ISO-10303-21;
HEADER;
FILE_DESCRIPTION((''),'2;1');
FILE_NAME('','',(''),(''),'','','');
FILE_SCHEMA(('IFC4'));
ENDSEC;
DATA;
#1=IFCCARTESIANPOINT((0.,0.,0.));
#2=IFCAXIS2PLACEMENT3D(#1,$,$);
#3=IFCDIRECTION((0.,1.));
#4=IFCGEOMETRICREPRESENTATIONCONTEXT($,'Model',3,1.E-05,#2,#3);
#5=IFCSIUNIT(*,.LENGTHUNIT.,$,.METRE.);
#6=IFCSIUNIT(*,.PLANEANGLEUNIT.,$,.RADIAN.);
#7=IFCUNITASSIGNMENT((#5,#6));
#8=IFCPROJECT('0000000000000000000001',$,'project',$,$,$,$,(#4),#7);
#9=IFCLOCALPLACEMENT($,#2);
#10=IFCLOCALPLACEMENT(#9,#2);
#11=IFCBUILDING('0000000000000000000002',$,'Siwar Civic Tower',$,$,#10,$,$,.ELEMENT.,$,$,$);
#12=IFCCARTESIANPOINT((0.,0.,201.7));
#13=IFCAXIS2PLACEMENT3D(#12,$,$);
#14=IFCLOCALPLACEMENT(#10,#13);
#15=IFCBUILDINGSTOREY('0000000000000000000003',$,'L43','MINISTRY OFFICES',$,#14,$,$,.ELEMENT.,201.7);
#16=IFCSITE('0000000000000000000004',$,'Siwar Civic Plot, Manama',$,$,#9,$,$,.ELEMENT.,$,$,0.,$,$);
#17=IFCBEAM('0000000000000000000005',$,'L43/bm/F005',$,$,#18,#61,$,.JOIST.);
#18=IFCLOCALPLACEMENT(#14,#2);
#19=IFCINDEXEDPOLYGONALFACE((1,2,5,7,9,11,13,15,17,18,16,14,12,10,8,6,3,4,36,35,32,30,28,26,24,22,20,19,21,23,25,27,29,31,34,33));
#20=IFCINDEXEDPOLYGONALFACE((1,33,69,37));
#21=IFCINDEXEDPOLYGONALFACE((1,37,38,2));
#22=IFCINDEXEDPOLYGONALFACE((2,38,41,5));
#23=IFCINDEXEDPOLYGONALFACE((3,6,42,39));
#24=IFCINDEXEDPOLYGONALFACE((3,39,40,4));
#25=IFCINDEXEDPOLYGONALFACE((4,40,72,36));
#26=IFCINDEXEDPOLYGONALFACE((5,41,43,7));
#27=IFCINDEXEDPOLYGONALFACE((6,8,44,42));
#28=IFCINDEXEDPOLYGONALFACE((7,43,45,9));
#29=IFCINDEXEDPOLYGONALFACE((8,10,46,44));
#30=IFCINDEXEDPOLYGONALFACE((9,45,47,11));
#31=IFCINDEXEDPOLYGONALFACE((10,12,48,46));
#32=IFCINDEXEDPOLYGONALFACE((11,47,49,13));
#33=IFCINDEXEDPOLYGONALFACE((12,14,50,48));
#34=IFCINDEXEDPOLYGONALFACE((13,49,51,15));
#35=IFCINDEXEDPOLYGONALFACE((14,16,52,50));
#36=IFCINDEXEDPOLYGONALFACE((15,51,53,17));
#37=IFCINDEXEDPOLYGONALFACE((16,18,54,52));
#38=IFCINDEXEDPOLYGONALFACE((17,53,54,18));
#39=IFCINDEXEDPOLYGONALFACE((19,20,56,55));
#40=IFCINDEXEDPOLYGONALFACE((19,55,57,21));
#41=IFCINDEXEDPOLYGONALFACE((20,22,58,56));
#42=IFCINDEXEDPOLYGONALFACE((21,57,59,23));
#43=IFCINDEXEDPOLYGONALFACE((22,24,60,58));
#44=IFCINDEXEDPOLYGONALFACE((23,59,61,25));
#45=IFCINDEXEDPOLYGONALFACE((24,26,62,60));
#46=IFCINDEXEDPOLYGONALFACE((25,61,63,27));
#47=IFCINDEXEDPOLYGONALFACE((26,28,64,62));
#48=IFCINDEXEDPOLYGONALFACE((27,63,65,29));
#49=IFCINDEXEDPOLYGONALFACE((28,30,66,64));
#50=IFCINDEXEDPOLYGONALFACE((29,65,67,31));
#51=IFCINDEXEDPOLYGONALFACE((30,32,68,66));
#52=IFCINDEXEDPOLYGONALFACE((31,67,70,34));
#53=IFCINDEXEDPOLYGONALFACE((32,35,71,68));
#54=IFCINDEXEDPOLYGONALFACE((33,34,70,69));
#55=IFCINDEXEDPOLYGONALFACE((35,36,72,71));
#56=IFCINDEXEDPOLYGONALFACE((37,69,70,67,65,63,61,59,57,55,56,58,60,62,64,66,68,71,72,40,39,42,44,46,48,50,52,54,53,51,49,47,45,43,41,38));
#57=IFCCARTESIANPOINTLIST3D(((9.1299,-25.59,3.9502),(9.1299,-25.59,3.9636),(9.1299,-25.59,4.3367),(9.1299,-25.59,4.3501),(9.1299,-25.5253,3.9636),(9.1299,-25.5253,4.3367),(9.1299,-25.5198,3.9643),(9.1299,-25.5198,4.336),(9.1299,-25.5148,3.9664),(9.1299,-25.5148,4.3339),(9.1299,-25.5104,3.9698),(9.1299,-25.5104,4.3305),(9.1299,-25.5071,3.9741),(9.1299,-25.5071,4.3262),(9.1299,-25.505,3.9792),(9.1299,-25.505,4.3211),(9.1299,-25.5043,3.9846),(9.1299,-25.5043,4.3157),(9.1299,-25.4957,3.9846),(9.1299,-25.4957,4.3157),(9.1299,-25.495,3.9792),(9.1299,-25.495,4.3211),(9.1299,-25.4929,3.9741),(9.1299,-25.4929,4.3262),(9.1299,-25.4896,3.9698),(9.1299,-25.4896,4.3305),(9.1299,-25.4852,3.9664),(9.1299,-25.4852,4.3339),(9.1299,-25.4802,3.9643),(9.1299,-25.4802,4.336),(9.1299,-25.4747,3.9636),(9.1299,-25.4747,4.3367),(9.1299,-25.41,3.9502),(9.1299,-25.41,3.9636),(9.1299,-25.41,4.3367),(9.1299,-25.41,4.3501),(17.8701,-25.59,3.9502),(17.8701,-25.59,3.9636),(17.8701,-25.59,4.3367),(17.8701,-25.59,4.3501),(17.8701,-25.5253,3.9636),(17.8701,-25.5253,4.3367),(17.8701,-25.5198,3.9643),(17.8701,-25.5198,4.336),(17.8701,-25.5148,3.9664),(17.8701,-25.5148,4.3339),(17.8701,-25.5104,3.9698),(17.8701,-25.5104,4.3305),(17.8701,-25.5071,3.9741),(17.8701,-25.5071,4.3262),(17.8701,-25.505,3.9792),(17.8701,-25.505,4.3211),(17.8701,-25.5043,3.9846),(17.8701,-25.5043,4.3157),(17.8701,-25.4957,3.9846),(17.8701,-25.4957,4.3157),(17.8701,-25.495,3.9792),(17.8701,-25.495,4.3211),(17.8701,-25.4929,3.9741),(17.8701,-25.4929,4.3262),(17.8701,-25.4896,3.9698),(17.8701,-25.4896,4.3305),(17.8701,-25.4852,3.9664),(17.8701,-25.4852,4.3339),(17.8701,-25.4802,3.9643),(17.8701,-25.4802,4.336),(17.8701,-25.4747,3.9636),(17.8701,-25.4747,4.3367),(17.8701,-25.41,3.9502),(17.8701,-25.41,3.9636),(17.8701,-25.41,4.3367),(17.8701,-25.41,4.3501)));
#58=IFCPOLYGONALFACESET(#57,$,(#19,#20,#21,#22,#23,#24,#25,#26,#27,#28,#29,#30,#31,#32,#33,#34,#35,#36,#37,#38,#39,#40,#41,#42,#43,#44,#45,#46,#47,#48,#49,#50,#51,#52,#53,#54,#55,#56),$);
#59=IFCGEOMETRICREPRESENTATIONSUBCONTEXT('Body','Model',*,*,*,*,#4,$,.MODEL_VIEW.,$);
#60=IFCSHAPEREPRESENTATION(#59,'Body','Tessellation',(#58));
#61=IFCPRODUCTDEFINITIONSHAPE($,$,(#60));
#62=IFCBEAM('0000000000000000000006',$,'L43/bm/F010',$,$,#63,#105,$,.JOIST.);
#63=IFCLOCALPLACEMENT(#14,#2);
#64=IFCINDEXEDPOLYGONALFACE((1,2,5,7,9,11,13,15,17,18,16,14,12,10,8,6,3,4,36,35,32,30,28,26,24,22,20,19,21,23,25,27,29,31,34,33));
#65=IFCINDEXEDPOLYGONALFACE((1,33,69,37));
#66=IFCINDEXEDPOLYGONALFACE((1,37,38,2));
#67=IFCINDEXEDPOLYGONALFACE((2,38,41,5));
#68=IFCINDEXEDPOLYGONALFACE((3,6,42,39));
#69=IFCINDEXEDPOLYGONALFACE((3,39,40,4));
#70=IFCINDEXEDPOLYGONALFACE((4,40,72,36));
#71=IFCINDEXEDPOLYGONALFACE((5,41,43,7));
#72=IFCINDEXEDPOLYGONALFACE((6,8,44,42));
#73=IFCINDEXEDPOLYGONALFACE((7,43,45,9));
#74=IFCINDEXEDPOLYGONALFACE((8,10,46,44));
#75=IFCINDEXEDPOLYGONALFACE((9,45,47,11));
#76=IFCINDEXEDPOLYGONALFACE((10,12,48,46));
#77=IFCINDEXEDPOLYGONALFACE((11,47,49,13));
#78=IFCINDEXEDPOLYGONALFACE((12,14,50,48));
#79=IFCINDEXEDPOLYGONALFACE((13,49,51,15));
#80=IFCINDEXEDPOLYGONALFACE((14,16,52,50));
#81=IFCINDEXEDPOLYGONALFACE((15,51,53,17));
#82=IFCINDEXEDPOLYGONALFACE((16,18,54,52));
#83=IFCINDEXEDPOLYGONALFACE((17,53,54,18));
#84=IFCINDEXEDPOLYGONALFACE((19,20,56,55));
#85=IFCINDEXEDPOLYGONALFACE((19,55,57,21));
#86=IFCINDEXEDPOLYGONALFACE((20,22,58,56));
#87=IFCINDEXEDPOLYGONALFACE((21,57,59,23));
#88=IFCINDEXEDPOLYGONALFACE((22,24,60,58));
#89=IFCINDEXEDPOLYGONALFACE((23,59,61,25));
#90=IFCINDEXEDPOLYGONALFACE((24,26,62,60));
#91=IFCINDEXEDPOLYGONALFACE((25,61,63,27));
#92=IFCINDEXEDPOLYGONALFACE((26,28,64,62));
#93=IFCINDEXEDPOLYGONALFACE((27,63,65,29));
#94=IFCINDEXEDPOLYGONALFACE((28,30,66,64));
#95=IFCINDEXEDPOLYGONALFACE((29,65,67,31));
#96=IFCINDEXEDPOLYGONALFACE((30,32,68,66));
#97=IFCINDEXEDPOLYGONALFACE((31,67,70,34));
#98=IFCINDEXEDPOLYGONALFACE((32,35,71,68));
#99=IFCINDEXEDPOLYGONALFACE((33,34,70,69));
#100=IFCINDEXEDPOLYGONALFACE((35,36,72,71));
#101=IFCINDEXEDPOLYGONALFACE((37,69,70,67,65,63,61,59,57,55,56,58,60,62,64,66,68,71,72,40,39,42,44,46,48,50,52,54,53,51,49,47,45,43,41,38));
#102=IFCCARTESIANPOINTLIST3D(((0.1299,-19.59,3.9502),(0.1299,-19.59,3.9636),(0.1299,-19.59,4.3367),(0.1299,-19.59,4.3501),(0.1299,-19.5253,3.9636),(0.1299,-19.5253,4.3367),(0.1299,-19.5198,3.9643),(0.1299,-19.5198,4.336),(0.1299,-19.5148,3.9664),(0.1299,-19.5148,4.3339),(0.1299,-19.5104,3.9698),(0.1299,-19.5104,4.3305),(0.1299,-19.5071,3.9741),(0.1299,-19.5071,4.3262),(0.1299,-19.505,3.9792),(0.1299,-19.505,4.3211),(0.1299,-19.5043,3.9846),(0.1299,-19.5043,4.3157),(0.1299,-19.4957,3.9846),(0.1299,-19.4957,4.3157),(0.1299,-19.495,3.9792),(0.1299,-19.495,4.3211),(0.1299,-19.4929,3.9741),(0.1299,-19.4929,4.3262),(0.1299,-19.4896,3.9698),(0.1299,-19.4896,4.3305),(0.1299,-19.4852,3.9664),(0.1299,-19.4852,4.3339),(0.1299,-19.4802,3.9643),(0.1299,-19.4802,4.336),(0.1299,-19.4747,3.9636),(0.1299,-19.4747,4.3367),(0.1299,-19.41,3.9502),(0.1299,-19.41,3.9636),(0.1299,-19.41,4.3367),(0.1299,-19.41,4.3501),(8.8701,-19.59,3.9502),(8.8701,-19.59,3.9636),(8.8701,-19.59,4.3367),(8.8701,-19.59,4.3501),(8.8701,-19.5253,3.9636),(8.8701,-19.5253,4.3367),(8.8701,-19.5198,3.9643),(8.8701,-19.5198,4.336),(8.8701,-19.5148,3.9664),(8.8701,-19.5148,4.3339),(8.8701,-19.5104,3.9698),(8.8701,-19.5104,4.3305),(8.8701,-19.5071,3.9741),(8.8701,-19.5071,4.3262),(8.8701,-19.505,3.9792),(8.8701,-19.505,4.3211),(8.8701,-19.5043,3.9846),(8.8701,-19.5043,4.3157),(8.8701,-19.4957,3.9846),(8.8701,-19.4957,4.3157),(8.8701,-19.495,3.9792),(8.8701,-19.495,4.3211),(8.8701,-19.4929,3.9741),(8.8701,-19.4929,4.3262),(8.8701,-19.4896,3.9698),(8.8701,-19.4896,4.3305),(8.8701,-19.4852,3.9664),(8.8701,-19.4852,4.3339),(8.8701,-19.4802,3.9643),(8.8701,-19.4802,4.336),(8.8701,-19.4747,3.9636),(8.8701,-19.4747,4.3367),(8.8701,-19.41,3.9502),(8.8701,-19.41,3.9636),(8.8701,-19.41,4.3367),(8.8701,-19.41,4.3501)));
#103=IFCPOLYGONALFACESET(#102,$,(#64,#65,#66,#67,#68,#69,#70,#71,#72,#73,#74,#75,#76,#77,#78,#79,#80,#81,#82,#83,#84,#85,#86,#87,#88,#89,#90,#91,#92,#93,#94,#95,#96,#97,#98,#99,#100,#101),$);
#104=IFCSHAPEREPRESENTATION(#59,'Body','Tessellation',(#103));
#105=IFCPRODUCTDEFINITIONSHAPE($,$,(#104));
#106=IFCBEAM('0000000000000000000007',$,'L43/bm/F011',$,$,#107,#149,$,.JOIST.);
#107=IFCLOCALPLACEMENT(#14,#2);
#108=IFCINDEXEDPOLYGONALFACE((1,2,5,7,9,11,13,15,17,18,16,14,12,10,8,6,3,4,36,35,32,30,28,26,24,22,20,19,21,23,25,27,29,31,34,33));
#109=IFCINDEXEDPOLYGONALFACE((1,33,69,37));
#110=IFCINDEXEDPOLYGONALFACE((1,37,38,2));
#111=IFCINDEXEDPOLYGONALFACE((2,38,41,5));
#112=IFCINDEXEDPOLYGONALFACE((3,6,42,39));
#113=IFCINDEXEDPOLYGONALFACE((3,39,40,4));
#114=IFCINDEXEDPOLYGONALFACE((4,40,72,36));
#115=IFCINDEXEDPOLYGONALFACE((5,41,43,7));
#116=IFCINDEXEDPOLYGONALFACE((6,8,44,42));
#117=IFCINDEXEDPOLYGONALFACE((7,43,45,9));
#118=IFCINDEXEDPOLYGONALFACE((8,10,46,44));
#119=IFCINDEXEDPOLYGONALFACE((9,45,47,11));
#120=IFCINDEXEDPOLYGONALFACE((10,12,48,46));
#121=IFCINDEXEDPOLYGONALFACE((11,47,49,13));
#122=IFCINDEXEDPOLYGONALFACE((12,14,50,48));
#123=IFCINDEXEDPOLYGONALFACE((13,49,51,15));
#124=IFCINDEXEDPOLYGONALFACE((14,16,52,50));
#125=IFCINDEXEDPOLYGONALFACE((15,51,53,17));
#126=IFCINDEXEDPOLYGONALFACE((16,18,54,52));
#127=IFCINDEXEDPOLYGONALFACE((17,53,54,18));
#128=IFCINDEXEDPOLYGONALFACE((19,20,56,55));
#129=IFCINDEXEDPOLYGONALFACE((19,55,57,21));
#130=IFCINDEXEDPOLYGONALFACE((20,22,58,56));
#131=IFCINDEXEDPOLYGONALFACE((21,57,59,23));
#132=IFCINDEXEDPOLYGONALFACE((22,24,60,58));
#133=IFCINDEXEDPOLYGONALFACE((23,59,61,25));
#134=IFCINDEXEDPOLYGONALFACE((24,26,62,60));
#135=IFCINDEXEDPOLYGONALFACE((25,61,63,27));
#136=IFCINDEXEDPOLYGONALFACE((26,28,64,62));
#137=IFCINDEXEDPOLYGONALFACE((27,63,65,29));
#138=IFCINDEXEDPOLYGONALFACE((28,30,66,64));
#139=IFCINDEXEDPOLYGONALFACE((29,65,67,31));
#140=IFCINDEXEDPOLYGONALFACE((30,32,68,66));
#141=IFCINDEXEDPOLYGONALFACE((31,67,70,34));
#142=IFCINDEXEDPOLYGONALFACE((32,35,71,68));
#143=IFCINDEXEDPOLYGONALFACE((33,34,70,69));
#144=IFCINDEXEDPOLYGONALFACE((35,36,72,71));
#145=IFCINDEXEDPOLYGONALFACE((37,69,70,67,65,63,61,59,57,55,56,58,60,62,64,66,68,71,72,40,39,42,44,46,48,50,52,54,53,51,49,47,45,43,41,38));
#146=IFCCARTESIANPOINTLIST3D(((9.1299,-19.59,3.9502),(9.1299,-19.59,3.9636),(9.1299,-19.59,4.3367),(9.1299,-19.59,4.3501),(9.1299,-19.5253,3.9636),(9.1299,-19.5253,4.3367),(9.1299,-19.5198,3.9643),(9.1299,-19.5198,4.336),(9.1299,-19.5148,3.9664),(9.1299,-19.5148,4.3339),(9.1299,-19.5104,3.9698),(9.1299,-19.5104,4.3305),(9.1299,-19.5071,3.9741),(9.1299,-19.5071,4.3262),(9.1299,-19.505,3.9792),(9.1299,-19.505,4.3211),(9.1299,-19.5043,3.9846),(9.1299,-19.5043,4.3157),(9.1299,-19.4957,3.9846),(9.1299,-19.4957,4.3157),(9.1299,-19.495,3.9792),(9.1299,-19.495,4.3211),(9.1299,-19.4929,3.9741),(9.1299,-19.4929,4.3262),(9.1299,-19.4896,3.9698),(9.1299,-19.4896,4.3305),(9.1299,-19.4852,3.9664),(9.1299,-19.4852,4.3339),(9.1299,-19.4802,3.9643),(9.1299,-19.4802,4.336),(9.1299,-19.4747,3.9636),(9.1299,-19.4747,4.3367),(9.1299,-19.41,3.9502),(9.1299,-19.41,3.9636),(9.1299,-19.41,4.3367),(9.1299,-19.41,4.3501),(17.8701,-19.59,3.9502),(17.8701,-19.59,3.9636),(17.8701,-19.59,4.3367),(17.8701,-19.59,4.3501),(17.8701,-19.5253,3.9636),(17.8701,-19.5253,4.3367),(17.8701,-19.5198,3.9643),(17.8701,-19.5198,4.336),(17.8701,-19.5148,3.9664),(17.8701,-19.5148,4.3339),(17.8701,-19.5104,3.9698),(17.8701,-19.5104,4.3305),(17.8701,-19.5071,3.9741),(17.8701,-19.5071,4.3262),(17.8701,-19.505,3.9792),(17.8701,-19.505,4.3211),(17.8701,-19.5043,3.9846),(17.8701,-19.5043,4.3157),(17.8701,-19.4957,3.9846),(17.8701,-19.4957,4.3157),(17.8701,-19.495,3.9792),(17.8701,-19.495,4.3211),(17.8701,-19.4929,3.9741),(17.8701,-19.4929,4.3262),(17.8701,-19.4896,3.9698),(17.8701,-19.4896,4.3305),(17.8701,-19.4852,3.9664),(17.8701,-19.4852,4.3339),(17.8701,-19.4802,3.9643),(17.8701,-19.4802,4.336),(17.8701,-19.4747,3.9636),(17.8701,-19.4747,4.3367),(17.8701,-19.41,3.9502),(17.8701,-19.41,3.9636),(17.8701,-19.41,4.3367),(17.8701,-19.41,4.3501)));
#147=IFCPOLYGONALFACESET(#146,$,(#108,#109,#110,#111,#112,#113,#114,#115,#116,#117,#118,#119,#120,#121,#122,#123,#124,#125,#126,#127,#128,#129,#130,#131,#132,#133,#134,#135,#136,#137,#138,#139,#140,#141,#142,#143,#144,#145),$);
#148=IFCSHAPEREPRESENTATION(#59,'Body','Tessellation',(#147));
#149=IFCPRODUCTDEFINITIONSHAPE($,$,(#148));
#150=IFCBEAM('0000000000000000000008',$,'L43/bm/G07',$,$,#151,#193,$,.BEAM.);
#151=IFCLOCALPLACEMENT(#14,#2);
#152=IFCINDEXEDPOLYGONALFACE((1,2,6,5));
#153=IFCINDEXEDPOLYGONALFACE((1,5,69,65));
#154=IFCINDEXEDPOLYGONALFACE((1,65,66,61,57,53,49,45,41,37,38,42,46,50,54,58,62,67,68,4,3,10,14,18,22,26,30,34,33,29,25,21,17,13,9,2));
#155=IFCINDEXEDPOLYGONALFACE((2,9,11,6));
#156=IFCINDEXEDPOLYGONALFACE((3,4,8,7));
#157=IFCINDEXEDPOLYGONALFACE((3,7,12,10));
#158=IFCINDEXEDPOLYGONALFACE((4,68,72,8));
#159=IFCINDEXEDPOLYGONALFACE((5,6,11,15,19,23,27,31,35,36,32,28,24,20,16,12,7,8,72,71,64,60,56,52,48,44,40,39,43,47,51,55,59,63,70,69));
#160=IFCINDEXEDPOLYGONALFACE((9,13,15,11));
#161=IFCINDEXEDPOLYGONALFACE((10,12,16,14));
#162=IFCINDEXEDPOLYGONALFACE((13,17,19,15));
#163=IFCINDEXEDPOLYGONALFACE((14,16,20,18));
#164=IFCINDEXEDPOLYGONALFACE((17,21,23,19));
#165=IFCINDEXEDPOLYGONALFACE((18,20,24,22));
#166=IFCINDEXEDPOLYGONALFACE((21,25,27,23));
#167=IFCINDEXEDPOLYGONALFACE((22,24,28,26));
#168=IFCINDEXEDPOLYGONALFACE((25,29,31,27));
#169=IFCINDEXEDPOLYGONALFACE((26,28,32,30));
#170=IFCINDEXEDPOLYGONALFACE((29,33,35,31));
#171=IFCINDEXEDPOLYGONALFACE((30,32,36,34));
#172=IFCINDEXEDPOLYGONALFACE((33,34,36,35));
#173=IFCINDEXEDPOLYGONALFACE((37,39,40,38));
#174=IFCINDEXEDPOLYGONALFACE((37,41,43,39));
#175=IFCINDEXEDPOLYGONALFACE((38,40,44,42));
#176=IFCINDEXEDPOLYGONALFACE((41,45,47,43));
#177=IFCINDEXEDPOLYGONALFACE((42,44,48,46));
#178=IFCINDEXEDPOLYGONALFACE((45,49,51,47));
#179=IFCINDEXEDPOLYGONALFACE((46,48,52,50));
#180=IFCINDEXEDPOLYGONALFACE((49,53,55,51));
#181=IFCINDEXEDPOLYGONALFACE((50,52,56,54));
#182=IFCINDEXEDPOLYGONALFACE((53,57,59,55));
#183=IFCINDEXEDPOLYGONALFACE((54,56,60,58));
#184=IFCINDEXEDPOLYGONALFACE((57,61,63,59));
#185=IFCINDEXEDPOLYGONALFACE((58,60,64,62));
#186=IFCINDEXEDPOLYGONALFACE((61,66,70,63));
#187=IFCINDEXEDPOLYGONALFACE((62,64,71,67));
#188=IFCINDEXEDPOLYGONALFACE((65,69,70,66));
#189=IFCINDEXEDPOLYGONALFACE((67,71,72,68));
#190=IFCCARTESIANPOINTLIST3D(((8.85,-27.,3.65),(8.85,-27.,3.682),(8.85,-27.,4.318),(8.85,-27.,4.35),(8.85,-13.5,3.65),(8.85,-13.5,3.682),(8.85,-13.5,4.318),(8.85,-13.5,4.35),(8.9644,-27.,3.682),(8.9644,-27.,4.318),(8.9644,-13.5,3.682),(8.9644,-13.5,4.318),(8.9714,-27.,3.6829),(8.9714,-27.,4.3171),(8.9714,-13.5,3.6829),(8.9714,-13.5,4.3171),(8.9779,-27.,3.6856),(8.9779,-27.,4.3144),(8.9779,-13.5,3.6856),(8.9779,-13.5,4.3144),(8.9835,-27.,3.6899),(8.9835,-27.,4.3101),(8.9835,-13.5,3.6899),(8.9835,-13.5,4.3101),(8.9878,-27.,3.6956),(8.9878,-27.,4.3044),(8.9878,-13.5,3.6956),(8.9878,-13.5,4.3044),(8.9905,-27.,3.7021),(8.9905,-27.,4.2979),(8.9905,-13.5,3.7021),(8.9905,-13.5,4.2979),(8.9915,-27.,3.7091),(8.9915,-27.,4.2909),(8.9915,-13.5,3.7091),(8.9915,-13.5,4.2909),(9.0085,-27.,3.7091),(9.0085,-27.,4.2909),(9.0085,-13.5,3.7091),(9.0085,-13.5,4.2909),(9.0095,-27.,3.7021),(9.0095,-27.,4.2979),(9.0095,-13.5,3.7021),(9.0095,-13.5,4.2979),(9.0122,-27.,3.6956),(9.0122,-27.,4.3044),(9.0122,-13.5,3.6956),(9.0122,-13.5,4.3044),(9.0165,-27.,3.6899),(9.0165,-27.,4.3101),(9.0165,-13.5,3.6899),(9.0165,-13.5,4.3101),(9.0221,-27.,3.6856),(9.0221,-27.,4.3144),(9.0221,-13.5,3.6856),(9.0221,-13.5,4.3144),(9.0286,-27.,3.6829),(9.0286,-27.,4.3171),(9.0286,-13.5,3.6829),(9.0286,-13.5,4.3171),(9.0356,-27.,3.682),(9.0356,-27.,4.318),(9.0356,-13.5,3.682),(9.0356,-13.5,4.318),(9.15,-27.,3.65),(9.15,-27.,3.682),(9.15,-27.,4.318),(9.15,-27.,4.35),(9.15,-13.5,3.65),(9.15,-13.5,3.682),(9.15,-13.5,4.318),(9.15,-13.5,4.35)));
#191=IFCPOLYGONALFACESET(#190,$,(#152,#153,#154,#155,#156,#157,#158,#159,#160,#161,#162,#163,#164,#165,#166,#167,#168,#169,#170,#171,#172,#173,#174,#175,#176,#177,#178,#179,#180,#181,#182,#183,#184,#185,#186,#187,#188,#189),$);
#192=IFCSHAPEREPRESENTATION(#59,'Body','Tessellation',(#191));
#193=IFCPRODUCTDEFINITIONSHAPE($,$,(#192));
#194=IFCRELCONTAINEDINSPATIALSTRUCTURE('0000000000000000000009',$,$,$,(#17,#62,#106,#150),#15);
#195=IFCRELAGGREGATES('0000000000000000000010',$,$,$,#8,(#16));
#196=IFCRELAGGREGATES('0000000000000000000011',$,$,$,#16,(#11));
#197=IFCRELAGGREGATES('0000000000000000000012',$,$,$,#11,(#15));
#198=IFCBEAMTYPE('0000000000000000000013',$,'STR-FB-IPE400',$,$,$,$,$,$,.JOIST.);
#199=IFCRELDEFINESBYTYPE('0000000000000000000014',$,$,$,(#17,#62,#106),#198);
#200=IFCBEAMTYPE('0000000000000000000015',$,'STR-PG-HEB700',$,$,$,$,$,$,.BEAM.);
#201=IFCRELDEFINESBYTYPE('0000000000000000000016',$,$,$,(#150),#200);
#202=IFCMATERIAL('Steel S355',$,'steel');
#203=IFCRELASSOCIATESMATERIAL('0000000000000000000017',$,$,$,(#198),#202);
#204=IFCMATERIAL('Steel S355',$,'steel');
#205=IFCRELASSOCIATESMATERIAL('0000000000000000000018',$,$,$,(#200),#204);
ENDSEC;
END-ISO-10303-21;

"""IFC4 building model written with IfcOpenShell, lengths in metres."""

from ifc_helpers import new_model, si_unit, direction, frame, origin, origin_2d, place, context, subcontext, project, spatial, i_section, extrude, material, material_profile, profile_set, type_object, element, save


model = new_model("IFC4")

# Units and contexts
model_context = context("Model", 3, precision=1e-05, world=origin(), true_north=direction((0.0, 1.0)))
body_context = subcontext(model_context, "Body", "Model", "MODEL_VIEW")
ifc_project = project(units=[si_unit("LENGTHUNIT", "METRE"), si_unit("PLANEANGLEUNIT", "RADIAN")], contexts=[model_context])

# Site, building, storey
site_placement = place(None, origin())
site = spatial("IfcSite", under=ifc_project, at=site_placement, Name="Siwar Civic Plot, Manama", CompositionType="ELEMENT", RefElevation=0.0)
building_placement = place(site_placement, origin())
building = spatial("IfcBuilding", under=site, at=building_placement, Name="Siwar Civic Tower", CompositionType="ELEMENT")
storey_placement = place(building_placement, frame((0.0, 0.0, 201.7)))
storey = spatial("IfcBuildingStorey", under=building, at=storey_placement, Name="L43", Description="MINISTRY OFFICES", CompositionType="ELEMENT", Elevation=201.7)

# Beams
ifc_material_1 = material(Name="Steel S355", Category="steel")
ifc_material_profile_1 = material_profile(ifc_material_1, i_section(OverallWidth=0.1799, OverallDepth=0.3999, WebThickness=0.0085, FlangeThickness=0.0134, FilletRadius=0.021, at=origin_2d()), Name="IPE400")
ifc_profile_set_1 = profile_set([ifc_material_profile_1], Name="Steel S355")
beam_type_1 = type_object("IfcBeamType", Name="STR-FB-IPE400", PredefinedType="JOIST", material=ifc_profile_set_1)
for number, where, z_axis, x_axis, name in (
    (1, (9.1299, -25.5, 4.1501), (1.0, 0.0, 0.0), (0.0, 1.0, 0.0), "L43/bm/F005"),
    (2, (0.1299, -19.5, 4.1501), (1.0, 0.0, 0.0), (0.0, 1.0, 0.0), "L43/bm/F010"),
    (3, (9.1299, -19.5, 4.1501), (1.0, 0.0, 0.0), (0.0, 1.0, 0.0), "L43/bm/F011"),
):
    element("IfcBeam", number, at=place(storey_placement, frame(where, z_axis=z_axis, x_axis=x_axis)), inside=storey, type_object=beam_type_1, Name=name, PredefinedType="JOIST", context=body_context, shape_type="SweptSolid", body=[
        extrude(i_section(OverallWidth=0.1799, OverallDepth=0.3999, WebThickness=0.0085, FlangeThickness=0.0134, FilletRadius=0.021, at=origin_2d()), origin(), (0.0, 0.0, 1.0), 8.7402),
    ])
ifc_material_2 = material(Name="Steel S355", Category="steel")
ifc_material_profile_2 = material_profile(ifc_material_2, i_section(OverallWidth=0.3, OverallDepth=0.7, WebThickness=0.0171, FlangeThickness=0.032, FilletRadius=0.0271, at=origin_2d()), Name="HEB700")
ifc_profile_set_2 = profile_set([ifc_material_profile_2], Name="Steel S355")
beam_type_2 = type_object("IfcBeamType", Name="STR-PG-HEB700", PredefinedType="BEAM", material=ifc_profile_set_2)
beam_1_placement = place(storey_placement, frame((9.0, -27.0, 4.0), z_axis=(0.0, 1.0, 0.0), x_axis=(-1.0, 0.0, 0.0)))
element("IfcBeam", 4, at=beam_1_placement, inside=storey, type_object=beam_type_2, Name="L43/bm/G07", PredefinedType="BEAM", context=body_context, shape_type="SweptSolid", body=[
    extrude(i_section(OverallWidth=0.3, OverallDepth=0.7, WebThickness=0.0171, FlangeThickness=0.032, FilletRadius=0.0271, at=origin_2d()), origin(), (0.0, 0.0, 1.0), 13.5),
])

save(model, "model.ifc")
